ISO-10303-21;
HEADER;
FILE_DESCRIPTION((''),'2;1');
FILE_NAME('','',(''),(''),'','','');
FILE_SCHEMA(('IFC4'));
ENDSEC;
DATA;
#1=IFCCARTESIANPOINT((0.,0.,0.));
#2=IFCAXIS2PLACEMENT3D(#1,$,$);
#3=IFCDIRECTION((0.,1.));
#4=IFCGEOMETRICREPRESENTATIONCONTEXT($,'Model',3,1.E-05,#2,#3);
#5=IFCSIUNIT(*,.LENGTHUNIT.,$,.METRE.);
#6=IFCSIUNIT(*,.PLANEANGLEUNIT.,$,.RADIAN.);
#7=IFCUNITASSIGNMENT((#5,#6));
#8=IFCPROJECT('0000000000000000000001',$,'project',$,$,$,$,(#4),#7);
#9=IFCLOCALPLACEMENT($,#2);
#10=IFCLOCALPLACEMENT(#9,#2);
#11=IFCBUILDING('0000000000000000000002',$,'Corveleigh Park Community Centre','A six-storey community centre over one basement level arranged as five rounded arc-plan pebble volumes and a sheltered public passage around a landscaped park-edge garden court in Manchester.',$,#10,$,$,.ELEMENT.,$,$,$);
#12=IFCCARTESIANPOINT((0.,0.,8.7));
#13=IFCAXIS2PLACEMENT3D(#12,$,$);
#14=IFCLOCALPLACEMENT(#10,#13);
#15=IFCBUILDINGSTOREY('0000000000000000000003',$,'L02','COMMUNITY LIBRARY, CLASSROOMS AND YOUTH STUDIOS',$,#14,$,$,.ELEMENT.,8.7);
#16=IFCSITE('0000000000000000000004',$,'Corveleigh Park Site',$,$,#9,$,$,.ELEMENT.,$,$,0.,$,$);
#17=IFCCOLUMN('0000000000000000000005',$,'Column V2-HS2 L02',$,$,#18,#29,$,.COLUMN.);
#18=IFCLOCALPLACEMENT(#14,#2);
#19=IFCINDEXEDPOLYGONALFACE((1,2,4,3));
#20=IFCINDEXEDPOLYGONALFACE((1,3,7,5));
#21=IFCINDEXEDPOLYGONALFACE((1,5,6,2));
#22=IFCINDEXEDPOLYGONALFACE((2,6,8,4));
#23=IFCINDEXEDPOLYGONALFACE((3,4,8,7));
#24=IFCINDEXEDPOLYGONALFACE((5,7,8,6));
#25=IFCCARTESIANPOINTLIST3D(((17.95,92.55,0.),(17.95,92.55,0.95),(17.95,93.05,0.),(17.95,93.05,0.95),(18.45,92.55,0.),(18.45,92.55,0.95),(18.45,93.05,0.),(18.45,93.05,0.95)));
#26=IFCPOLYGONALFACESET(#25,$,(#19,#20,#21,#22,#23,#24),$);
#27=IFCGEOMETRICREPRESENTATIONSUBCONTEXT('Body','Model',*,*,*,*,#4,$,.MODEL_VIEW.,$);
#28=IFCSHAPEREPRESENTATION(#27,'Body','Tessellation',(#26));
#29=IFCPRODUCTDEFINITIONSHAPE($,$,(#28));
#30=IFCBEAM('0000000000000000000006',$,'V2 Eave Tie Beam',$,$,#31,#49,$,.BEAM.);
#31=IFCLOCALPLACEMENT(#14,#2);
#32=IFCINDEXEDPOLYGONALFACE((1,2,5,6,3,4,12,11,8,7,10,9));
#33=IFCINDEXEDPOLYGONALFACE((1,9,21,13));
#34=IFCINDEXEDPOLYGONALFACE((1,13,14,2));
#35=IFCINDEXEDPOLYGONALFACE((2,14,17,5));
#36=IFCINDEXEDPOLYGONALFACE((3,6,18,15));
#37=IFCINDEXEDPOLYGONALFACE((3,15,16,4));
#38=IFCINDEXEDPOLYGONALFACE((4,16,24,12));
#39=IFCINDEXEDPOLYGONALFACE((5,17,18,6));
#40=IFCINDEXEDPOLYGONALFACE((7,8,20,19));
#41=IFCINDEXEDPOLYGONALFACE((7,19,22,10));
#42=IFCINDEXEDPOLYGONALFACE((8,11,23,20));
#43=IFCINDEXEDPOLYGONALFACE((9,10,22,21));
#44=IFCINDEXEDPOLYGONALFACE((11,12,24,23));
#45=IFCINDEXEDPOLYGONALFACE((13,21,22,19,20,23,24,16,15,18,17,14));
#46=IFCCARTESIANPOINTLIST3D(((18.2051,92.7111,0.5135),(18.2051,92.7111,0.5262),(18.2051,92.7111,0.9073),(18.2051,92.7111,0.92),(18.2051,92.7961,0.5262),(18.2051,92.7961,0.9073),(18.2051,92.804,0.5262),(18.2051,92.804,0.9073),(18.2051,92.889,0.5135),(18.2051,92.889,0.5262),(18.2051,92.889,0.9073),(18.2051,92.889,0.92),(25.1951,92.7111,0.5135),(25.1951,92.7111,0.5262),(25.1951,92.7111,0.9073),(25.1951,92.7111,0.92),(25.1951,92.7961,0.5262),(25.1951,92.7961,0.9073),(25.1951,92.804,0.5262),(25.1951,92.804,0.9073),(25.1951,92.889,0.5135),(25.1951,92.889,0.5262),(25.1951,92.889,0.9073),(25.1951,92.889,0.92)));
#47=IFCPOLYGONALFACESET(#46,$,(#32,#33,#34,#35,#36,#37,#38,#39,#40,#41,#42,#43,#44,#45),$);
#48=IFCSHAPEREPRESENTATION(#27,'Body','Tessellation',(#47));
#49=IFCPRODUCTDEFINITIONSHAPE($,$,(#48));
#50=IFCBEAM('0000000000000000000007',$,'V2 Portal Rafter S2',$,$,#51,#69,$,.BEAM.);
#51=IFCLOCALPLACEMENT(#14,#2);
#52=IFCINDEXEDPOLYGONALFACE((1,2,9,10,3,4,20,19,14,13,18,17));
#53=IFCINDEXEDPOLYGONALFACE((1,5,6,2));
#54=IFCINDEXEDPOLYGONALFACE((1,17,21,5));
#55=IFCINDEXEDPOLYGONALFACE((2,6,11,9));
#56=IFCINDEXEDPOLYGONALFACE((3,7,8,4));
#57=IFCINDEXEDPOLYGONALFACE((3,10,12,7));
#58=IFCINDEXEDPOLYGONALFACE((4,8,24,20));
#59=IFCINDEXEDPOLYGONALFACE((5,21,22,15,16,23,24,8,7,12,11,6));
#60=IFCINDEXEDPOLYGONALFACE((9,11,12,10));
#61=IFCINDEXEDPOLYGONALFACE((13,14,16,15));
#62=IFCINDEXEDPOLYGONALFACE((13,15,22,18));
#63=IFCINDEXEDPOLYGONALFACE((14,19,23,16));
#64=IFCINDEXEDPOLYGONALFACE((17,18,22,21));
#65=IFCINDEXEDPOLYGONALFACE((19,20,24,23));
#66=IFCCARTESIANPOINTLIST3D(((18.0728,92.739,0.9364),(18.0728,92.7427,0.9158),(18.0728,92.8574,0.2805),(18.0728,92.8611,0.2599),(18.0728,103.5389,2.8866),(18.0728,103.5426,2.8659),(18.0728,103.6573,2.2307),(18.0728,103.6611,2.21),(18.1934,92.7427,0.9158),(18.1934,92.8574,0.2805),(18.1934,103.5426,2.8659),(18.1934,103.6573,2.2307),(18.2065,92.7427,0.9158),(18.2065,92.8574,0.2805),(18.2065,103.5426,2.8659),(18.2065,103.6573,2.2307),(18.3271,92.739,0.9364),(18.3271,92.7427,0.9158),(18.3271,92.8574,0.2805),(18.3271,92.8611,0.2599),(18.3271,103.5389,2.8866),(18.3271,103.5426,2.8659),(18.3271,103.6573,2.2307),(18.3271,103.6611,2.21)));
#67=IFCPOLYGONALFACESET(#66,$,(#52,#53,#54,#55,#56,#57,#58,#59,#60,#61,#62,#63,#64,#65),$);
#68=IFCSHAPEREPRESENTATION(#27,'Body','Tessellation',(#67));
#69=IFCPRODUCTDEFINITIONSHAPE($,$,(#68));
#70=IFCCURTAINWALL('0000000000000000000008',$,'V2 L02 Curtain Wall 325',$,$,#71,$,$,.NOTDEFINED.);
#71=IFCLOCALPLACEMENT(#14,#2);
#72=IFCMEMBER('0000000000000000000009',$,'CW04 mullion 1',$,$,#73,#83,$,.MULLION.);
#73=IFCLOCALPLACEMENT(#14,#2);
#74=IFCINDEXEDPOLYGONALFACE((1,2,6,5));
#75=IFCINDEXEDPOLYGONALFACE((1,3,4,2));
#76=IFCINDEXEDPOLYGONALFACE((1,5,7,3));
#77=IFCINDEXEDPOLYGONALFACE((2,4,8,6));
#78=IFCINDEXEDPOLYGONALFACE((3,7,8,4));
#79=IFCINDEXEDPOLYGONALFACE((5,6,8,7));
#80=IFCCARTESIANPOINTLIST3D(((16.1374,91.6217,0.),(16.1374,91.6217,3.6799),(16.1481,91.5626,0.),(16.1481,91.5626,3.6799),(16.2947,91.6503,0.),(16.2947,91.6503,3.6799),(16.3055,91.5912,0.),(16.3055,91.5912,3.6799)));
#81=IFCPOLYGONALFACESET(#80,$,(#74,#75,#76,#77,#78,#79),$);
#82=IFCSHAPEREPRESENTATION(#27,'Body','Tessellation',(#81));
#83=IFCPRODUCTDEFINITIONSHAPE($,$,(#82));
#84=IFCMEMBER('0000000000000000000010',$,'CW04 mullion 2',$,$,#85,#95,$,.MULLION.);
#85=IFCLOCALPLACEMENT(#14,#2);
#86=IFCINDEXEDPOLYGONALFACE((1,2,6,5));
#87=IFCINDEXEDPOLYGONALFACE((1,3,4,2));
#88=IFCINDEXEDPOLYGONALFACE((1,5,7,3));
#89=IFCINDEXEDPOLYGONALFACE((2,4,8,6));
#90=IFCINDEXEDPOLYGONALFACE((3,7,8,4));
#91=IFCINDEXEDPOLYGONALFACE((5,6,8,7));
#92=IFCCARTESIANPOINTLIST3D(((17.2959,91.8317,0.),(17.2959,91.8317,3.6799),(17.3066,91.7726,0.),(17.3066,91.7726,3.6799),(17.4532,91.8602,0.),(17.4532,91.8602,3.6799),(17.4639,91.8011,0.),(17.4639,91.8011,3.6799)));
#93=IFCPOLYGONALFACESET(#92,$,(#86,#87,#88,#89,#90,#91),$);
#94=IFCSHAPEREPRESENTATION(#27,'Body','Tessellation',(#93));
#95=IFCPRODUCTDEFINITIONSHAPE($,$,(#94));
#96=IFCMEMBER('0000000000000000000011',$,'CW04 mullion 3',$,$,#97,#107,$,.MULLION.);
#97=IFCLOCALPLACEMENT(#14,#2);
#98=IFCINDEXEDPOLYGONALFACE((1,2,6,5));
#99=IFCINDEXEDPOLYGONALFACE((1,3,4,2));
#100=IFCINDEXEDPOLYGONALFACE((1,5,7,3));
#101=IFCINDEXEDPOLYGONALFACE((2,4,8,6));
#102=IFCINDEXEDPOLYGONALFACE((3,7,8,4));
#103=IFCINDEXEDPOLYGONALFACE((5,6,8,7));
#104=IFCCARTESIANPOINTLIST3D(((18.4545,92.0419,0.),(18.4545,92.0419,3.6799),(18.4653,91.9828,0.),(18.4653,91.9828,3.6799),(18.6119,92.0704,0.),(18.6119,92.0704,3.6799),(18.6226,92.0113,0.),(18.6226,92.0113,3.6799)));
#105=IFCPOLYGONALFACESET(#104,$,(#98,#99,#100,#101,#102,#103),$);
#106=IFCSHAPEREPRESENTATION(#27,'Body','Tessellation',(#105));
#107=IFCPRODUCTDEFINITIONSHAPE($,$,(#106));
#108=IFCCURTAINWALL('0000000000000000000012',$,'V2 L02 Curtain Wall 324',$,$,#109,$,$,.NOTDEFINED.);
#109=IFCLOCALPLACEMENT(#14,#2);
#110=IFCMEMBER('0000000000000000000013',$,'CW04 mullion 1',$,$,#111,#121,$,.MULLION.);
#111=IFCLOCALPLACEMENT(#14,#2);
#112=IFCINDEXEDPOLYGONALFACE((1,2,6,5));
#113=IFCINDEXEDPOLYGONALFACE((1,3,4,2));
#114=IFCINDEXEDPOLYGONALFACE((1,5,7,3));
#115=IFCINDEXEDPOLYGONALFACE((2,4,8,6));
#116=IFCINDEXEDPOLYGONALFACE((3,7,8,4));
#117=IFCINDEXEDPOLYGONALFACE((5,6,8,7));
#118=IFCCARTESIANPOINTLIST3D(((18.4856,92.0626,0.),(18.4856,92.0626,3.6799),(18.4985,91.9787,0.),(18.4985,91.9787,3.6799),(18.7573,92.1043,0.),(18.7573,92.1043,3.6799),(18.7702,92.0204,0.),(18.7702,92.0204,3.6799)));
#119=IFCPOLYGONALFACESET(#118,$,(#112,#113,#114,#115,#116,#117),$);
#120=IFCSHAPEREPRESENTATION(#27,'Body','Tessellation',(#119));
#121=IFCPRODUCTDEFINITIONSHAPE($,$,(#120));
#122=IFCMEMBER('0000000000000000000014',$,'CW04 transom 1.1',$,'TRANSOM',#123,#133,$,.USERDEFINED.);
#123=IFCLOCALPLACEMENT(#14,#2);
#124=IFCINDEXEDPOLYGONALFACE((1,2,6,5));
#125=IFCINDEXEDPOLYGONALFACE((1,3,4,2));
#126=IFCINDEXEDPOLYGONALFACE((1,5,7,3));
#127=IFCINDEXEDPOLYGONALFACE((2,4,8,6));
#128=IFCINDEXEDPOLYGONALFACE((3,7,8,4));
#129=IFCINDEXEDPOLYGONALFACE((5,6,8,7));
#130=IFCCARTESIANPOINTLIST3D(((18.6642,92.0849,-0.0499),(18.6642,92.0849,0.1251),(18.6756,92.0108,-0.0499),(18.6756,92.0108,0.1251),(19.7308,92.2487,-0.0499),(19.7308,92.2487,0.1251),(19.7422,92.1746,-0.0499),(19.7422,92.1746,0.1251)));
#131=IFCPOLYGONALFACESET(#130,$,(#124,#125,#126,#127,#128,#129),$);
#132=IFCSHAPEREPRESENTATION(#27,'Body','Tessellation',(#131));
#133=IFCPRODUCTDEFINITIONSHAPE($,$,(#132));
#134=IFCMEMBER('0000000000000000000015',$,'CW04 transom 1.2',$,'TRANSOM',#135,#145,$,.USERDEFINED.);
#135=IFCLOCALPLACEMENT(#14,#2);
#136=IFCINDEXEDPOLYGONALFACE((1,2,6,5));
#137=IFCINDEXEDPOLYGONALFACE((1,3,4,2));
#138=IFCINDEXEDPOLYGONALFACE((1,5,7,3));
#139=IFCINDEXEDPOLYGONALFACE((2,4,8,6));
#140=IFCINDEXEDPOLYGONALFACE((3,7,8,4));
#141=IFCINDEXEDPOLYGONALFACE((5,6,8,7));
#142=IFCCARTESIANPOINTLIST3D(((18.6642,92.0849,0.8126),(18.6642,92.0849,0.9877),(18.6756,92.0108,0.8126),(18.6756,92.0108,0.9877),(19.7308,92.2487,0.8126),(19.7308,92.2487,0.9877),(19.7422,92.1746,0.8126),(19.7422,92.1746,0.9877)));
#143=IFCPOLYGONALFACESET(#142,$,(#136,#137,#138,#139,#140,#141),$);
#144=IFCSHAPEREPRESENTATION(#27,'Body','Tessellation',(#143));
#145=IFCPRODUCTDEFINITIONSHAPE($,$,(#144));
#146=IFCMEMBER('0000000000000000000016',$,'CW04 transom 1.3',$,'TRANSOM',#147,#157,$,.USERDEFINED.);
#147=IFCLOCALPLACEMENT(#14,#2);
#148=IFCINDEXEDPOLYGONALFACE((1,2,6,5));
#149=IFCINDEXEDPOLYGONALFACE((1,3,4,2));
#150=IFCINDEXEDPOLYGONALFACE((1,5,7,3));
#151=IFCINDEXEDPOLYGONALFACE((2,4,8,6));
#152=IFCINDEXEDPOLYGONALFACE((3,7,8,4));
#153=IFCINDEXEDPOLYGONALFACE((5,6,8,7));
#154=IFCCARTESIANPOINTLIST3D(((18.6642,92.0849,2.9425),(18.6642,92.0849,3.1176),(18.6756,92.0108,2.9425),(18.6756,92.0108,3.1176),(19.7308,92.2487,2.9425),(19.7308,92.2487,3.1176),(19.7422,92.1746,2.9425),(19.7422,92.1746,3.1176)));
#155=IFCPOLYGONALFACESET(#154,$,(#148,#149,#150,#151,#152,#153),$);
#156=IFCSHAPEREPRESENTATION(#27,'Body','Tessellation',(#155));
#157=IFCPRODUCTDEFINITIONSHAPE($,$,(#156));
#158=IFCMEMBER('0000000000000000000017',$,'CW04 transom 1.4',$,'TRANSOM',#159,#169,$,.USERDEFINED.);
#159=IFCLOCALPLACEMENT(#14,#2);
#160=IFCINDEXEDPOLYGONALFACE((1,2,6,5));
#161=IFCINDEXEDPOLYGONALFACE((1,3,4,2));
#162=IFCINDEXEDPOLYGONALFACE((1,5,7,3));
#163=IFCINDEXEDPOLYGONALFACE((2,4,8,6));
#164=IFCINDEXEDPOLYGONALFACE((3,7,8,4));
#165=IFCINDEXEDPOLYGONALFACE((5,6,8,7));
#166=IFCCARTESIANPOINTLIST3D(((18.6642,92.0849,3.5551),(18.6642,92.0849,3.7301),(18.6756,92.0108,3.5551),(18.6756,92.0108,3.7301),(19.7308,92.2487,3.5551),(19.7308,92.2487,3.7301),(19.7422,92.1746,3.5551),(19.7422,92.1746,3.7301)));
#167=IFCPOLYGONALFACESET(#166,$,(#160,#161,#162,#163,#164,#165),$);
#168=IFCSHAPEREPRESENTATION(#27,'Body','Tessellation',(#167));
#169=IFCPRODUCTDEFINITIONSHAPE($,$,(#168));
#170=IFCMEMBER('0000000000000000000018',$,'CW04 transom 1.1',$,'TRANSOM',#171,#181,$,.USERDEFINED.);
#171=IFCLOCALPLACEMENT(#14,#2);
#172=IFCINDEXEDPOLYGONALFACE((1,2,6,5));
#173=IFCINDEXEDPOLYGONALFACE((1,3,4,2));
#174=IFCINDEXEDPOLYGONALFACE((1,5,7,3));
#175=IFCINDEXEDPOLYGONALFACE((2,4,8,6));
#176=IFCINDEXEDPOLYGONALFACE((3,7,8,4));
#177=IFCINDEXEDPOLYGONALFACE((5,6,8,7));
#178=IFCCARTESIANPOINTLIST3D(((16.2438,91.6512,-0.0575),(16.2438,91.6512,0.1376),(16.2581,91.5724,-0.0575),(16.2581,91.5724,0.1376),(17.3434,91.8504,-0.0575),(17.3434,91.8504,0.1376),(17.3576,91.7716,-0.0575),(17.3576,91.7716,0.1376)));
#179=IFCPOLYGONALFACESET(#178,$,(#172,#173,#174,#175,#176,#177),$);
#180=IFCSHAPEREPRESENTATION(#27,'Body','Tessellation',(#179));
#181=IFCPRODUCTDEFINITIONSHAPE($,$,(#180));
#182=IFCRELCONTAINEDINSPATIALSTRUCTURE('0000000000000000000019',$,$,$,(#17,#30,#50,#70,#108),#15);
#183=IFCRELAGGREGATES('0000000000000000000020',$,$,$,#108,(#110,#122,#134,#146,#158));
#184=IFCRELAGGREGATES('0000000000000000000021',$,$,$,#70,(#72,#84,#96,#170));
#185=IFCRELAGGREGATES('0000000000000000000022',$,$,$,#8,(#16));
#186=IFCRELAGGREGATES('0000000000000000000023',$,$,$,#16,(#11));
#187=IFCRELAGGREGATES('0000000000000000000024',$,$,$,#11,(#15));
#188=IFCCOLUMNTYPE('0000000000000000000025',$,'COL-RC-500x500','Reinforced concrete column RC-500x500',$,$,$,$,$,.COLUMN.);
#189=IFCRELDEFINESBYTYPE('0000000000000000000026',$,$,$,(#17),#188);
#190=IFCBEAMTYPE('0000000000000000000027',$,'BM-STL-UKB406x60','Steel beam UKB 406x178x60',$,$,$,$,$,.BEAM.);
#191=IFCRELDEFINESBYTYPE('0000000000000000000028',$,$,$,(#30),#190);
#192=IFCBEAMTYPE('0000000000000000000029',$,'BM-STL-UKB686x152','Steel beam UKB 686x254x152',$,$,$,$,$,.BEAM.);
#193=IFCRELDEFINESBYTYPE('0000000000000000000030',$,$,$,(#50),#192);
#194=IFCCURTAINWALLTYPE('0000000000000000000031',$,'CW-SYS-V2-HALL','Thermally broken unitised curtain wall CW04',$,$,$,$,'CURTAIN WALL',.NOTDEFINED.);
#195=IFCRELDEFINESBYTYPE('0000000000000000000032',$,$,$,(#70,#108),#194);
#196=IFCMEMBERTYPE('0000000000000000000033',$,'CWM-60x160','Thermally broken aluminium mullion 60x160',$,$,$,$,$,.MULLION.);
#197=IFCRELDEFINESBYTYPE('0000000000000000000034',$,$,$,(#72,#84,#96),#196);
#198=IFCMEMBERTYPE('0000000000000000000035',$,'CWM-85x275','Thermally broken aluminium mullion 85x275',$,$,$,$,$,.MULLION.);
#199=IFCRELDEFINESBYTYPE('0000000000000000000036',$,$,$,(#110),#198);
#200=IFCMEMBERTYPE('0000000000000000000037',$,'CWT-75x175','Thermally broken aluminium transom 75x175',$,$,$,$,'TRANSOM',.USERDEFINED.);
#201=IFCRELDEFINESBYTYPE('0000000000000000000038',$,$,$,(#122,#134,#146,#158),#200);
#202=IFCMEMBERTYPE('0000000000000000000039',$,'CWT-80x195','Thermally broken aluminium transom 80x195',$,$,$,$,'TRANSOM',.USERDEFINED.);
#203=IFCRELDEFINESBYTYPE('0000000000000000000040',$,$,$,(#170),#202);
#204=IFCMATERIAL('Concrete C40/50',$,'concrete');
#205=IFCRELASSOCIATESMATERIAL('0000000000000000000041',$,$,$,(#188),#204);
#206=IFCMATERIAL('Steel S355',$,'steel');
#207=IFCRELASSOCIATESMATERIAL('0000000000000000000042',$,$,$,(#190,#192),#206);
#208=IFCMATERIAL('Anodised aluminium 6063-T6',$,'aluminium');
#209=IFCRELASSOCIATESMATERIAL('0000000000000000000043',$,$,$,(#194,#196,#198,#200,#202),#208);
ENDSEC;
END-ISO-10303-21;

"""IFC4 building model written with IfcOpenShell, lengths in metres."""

from ifc_helpers import new_model, si_unit, direction, frame, origin, origin_2d, place, context, subcontext, project, spatial, rectangle, i_section, extrude, material, material_profile, profile_set, type_object, element, aggregate, save


model = new_model("IFC4")

# Units and contexts
model_context = context("Model", 3, precision=1e-05, world=origin(), true_north=direction((0.0, 1.0)))
body_context = subcontext(model_context, "Body", "Model", "MODEL_VIEW")
ifc_project = project(units=[si_unit("LENGTHUNIT", "METRE"), si_unit("PLANEANGLEUNIT", "RADIAN")], contexts=[model_context])

# Site, building, storey
site_placement = place(None, origin())
site = spatial("IfcSite", under=ifc_project, at=site_placement, Name="Corveleigh Park Site", CompositionType="ELEMENT", RefElevation=0.0)
building_placement = place(site_placement, origin())
building = spatial("IfcBuilding", under=site, at=building_placement, Name="Corveleigh Park Community Centre", Description="A six-storey community centre over one basement level arranged as five rounded arc-plan pebble volumes and a sheltered public passage around a landscaped park-edge garden court in Manchester.", CompositionType="ELEMENT")
storey_placement = place(building_placement, frame((0.0, 0.0, 8.7)))
storey = spatial("IfcBuildingStorey", under=building, at=storey_placement, Name="L02", Description="COMMUNITY LIBRARY, CLASSROOMS AND YOUTH STUDIOS", CompositionType="ELEMENT", Elevation=8.7)

# Column
ifc_material_1 = material(Name="Concrete C40/50", Category="concrete")
ifc_material_profile_1 = material_profile(ifc_material_1, rectangle(XDim=0.5, YDim=0.5, at=origin_2d()), Name="RC-500x500", Category="concrete")
ifc_profile_set_1 = profile_set([ifc_material_profile_1], Name="Concrete C40/50")
column_type = type_object("IfcColumnType", Name="COL-RC-500x500", Description="Reinforced concrete column RC-500x500", PredefinedType="COLUMN", material=ifc_profile_set_1)
column_placement = place(storey_placement, frame((18.2, 92.8, 0.0), z_axis=(0.0, 0.0, 1.0), x_axis=(1.0, 0.0, 0.0)))
element("IfcColumn", 1, at=column_placement, inside=storey, type_object=column_type, Name="Column V2-HS2 L02", PredefinedType="COLUMN", context=body_context, shape_type="SweptSolid", body=[
    extrude(rectangle(XDim=0.5, YDim=0.5, at=origin_2d()), origin(), (0.0, 0.0, 1.0), 0.95),
])

# Beams
ifc_material_2 = material(Name="Steel S355", Category="steel")
ifc_material_profile_2 = material_profile(ifc_material_2, i_section(OverallWidth=0.178, OverallDepth=0.4065, WebThickness=0.0078, FlangeThickness=0.0127, at=origin_2d()), Name="UKB 406x178x60", Category="steel")
ifc_profile_set_2 = profile_set([ifc_material_profile_2], Name="Steel S355")
beam_type_1 = type_object("IfcBeamType", Name="BM-STL-UKB406x60", Description="Steel beam UKB 406x178x60", PredefinedType="BEAM", material=ifc_profile_set_2)
beam_1_placement = place(storey_placement, frame((18.2051, 92.8, 0.7168), z_axis=(1.0, 0.0, 0.0), x_axis=(0.0, 1.0, 0.0)))
element("IfcBeam", 2, at=beam_1_placement, inside=storey, type_object=beam_type_1, Name="V2 Eave Tie Beam", PredefinedType="BEAM", context=body_context, shape_type="SweptSolid", body=[
    extrude(i_section(OverallWidth=0.178, OverallDepth=0.4065, WebThickness=0.0078, FlangeThickness=0.0127, at=origin_2d()), origin(), (0.0, 0.0, 1.0), 6.99),
])
ifc_material_profile_3 = material_profile(ifc_material_2, i_section(OverallWidth=0.2544, OverallDepth=0.6875, WebThickness=0.0132, FlangeThickness=0.021, at=origin_2d()), Name="UKB 686x254x152", Category="steel")
ifc_profile_set_3 = profile_set([ifc_material_profile_3], Name="Steel S355")
beam_type_2 = type_object("IfcBeamType", Name="BM-STL-UKB686x152", Description="Steel beam UKB 686x254x152", PredefinedType="BEAM", material=ifc_profile_set_3)
beam_2_placement = place(storey_placement, frame((18.2, 92.8, 0.5981), z_axis=(0.0, 0.984085, 0.177699), x_axis=(-1.0, 0.0, 0.0)))
element("IfcBeam", 3, at=beam_2_placement, inside=storey, type_object=beam_type_2, Name="V2 Portal Rafter S2", PredefinedType="BEAM", context=body_context, shape_type="SweptSolid", body=[
    extrude(i_section(OverallWidth=0.2544, OverallDepth=0.6875, WebThickness=0.0132, FlangeThickness=0.021, at=origin_2d()), origin(), (0.0, 0.0, 1.0), 10.9746),
])

# Curtain walls, members
ifc_material_3 = material(Name="Anodised aluminium 6063-T6", Category="aluminium")
curtain_wall_type = type_object("IfcCurtainWallType", Name="CW-SYS-V2-HALL", Description="Thermally broken unitised curtain wall CW04", ElementType="CURTAIN WALL", PredefinedType="NOTDEFINED", material=ifc_material_3)
curtain_wall_1_placement = place(storey_placement, origin())
curtain_wall_1 = element("IfcCurtainWall", 4, at=curtain_wall_1_placement, inside=storey, type_object=curtain_wall_type, Name="V2 L02 Curtain Wall 325", PredefinedType="NOTDEFINED")
ifc_material_profile_4 = material_profile(ifc_material_3, rectangle(XDim=0.0601, YDim=0.1599, at=origin_2d()), Name="ALU-M60x160", Category="aluminium")
ifc_profile_set_4 = profile_set([ifc_material_profile_4], Name="Anodised aluminium 6063-T6")
member_type_1 = type_object("IfcMemberType", Name="CWM-60x160", Description="Thermally broken aluminium mullion 60x160", PredefinedType="MULLION", material=ifc_profile_set_4)
member_1_placement = place(storey_placement, frame((16.2214, 91.6064, 0.0), z_axis=(0.0, 0.0, 1.0), x_axis=(-0.178485, 0.983943, 0.0)))
member_1 = element("IfcMember", 5, at=member_1_placement, type_object=member_type_1, Name="CW04 mullion 1", PredefinedType="MULLION", context=body_context, shape_type="SweptSolid", body=[
    extrude(rectangle(XDim=0.0601, YDim=0.1599, at=origin_2d()), origin(), (0.0, 0.0, 1.0), 3.6799),
])
member_2_placement = place(storey_placement, frame((17.3799, 91.8164, 0.0), z_axis=(0.0, 0.0, 1.0), x_axis=(-0.178485, 0.983943, 0.0)))
member_2 = element("IfcMember", 6, at=member_2_placement, type_object=member_type_1, Name="CW04 mullion 2", PredefinedType="MULLION", context=body_context, shape_type="SweptSolid", body=[
    extrude(rectangle(XDim=0.0601, YDim=0.1599, at=origin_2d()), origin(), (0.0, 0.0, 1.0), 3.6799),
])
member_3_placement = place(storey_placement, frame((18.5386, 92.0266, 0.0), z_axis=(0.0, 0.0, 1.0), x_axis=(-0.178485, 0.983943, 0.0)))
member_3 = element("IfcMember", 7, at=member_3_placement, type_object=member_type_1, Name="CW04 mullion 3", PredefinedType="MULLION", context=body_context, shape_type="SweptSolid", body=[
    extrude(rectangle(XDim=0.0601, YDim=0.1599, at=origin_2d()), origin(), (0.0, 0.0, 1.0), 3.6799),
])
curtain_wall_2_placement = place(storey_placement, origin())
curtain_wall_2 = element("IfcCurtainWall", 8, at=curtain_wall_2_placement, inside=storey, type_object=curtain_wall_type, Name="V2 L02 Curtain Wall 324", PredefinedType="NOTDEFINED")
ifc_material_profile_5 = material_profile(ifc_material_3, rectangle(XDim=0.085, YDim=0.2749, at=origin_2d()), Name="ALU-M85x275", Category="aluminium")
ifc_profile_set_5 = profile_set([ifc_material_profile_5], Name="Anodised aluminium 6063-T6")
member_type_2 = type_object("IfcMemberType", Name="CWM-85x275", Description="Thermally broken aluminium mullion 85x275", PredefinedType="MULLION", material=ifc_profile_set_5)
member_4_placement = place(storey_placement, frame((18.6279, 92.0415, 0.0), z_axis=(0.0, 0.0, 1.0), x_axis=(-0.151683, 0.988429, 0.0)))
member_4 = element("IfcMember", 9, at=member_4_placement, type_object=member_type_2, Name="CW04 mullion 1", PredefinedType="MULLION", context=body_context, shape_type="SweptSolid", body=[
    extrude(rectangle(XDim=0.085, YDim=0.2749, at=origin_2d()), origin(), (0.0, 0.0, 1.0), 3.6799),
])
ifc_material_profile_6 = material_profile(ifc_material_3, rectangle(XDim=0.075, YDim=0.175, at=origin_2d()), Name="ALU-T75x175", Category="aluminium")
ifc_profile_set_6 = profile_set([ifc_material_profile_6], Name="Anodised aluminium 6063-T6")
member_type_3 = type_object("IfcMemberType", Name="CWT-75x175", Description="Thermally broken aluminium transom 75x175", ElementType="TRANSOM", PredefinedType="USERDEFINED", material=ifc_profile_set_6)
member_5_placement = place(storey_placement, frame((18.6699, 92.0479, 0.0376), z_axis=(0.988411, 0.151802, 0.0), x_axis=(-0.151802, 0.988411, 0.0)))
member_5 = element("IfcMember", 10, at=member_5_placement, type_object=member_type_3, Name="CW04 transom 1.1", ObjectType="TRANSOM", PredefinedType="USERDEFINED", context=body_context, shape_type="SweptSolid", body=[
    extrude(rectangle(XDim=0.075, YDim=0.175, at=origin_2d()), origin(), (0.0, 0.0, 1.0), 1.0791),
])
member_6_placement = place(storey_placement, frame((18.6699, 92.0479, 0.9001), z_axis=(0.988411, 0.151802, 0.0), x_axis=(-0.151802, 0.988411, 0.0)))
member_6 = element("IfcMember", 11, at=member_6_placement, type_object=member_type_3, Name="CW04 transom 1.2", ObjectType="TRANSOM", PredefinedType="USERDEFINED", context=body_context, shape_type="SweptSolid", body=[
    extrude(rectangle(XDim=0.075, YDim=0.175, at=origin_2d()), origin(), (0.0, 0.0, 1.0), 1.0791),
])
member_7_placement = place(storey_placement, frame((18.6699, 92.0479, 3.03), z_axis=(0.988411, 0.151802, 0.0), x_axis=(-0.151802, 0.988411, 0.0)))
member_7 = element("IfcMember", 12, at=member_7_placement, type_object=member_type_3, Name="CW04 transom 1.3", ObjectType="TRANSOM", PredefinedType="USERDEFINED", context=body_context, shape_type="SweptSolid", body=[
    extrude(rectangle(XDim=0.075, YDim=0.175, at=origin_2d()), origin(), (0.0, 0.0, 1.0), 1.0791),
])
member_8_placement = place(storey_placement, frame((18.6699, 92.0479, 3.6426), z_axis=(0.988411, 0.151802, 0.0), x_axis=(-0.151802, 0.988411, 0.0)))
member_8 = element("IfcMember", 13, at=member_8_placement, type_object=member_type_3, Name="CW04 transom 1.4", ObjectType="TRANSOM", PredefinedType="USERDEFINED", context=body_context, shape_type="SweptSolid", body=[
    extrude(rectangle(XDim=0.075, YDim=0.175, at=origin_2d()), origin(), (0.0, 0.0, 1.0), 1.0791),
])
aggregate(curtain_wall_2, [member_4, member_5, member_6, member_7, member_8])

# Member
ifc_material_profile_7 = material_profile(ifc_material_3, rectangle(XDim=0.0801, YDim=0.1951, at=origin_2d()), Name="ALU-T80x195", Category="aluminium")
ifc_profile_set_7 = profile_set([ifc_material_profile_7], Name="Anodised aluminium 6063-T6")
member_type_4 = type_object("IfcMemberType", Name="CWT-80x195", Description="Thermally broken aluminium transom 80x195", ElementType="TRANSOM", PredefinedType="USERDEFINED", material=ifc_profile_set_7)
member_9_placement = place(storey_placement, frame((16.251, 91.6118, 0.04), z_axis=(0.983982, 0.17827, 0.0), x_axis=(-0.17827, 0.983982, 0.0)))
member_9 = element("IfcMember", 14, at=member_9_placement, type_object=member_type_4, Name="CW04 transom 1.1", ObjectType="TRANSOM", PredefinedType="USERDEFINED", context=body_context, shape_type="SweptSolid", body=[
    extrude(rectangle(XDim=0.0801, YDim=0.1951, at=origin_2d()), origin(), (0.0, 0.0, 1.0), 1.1174),
])

aggregate(curtain_wall_1, [member_1, member_2, member_3, member_9])

save(model, "model.ifc")
